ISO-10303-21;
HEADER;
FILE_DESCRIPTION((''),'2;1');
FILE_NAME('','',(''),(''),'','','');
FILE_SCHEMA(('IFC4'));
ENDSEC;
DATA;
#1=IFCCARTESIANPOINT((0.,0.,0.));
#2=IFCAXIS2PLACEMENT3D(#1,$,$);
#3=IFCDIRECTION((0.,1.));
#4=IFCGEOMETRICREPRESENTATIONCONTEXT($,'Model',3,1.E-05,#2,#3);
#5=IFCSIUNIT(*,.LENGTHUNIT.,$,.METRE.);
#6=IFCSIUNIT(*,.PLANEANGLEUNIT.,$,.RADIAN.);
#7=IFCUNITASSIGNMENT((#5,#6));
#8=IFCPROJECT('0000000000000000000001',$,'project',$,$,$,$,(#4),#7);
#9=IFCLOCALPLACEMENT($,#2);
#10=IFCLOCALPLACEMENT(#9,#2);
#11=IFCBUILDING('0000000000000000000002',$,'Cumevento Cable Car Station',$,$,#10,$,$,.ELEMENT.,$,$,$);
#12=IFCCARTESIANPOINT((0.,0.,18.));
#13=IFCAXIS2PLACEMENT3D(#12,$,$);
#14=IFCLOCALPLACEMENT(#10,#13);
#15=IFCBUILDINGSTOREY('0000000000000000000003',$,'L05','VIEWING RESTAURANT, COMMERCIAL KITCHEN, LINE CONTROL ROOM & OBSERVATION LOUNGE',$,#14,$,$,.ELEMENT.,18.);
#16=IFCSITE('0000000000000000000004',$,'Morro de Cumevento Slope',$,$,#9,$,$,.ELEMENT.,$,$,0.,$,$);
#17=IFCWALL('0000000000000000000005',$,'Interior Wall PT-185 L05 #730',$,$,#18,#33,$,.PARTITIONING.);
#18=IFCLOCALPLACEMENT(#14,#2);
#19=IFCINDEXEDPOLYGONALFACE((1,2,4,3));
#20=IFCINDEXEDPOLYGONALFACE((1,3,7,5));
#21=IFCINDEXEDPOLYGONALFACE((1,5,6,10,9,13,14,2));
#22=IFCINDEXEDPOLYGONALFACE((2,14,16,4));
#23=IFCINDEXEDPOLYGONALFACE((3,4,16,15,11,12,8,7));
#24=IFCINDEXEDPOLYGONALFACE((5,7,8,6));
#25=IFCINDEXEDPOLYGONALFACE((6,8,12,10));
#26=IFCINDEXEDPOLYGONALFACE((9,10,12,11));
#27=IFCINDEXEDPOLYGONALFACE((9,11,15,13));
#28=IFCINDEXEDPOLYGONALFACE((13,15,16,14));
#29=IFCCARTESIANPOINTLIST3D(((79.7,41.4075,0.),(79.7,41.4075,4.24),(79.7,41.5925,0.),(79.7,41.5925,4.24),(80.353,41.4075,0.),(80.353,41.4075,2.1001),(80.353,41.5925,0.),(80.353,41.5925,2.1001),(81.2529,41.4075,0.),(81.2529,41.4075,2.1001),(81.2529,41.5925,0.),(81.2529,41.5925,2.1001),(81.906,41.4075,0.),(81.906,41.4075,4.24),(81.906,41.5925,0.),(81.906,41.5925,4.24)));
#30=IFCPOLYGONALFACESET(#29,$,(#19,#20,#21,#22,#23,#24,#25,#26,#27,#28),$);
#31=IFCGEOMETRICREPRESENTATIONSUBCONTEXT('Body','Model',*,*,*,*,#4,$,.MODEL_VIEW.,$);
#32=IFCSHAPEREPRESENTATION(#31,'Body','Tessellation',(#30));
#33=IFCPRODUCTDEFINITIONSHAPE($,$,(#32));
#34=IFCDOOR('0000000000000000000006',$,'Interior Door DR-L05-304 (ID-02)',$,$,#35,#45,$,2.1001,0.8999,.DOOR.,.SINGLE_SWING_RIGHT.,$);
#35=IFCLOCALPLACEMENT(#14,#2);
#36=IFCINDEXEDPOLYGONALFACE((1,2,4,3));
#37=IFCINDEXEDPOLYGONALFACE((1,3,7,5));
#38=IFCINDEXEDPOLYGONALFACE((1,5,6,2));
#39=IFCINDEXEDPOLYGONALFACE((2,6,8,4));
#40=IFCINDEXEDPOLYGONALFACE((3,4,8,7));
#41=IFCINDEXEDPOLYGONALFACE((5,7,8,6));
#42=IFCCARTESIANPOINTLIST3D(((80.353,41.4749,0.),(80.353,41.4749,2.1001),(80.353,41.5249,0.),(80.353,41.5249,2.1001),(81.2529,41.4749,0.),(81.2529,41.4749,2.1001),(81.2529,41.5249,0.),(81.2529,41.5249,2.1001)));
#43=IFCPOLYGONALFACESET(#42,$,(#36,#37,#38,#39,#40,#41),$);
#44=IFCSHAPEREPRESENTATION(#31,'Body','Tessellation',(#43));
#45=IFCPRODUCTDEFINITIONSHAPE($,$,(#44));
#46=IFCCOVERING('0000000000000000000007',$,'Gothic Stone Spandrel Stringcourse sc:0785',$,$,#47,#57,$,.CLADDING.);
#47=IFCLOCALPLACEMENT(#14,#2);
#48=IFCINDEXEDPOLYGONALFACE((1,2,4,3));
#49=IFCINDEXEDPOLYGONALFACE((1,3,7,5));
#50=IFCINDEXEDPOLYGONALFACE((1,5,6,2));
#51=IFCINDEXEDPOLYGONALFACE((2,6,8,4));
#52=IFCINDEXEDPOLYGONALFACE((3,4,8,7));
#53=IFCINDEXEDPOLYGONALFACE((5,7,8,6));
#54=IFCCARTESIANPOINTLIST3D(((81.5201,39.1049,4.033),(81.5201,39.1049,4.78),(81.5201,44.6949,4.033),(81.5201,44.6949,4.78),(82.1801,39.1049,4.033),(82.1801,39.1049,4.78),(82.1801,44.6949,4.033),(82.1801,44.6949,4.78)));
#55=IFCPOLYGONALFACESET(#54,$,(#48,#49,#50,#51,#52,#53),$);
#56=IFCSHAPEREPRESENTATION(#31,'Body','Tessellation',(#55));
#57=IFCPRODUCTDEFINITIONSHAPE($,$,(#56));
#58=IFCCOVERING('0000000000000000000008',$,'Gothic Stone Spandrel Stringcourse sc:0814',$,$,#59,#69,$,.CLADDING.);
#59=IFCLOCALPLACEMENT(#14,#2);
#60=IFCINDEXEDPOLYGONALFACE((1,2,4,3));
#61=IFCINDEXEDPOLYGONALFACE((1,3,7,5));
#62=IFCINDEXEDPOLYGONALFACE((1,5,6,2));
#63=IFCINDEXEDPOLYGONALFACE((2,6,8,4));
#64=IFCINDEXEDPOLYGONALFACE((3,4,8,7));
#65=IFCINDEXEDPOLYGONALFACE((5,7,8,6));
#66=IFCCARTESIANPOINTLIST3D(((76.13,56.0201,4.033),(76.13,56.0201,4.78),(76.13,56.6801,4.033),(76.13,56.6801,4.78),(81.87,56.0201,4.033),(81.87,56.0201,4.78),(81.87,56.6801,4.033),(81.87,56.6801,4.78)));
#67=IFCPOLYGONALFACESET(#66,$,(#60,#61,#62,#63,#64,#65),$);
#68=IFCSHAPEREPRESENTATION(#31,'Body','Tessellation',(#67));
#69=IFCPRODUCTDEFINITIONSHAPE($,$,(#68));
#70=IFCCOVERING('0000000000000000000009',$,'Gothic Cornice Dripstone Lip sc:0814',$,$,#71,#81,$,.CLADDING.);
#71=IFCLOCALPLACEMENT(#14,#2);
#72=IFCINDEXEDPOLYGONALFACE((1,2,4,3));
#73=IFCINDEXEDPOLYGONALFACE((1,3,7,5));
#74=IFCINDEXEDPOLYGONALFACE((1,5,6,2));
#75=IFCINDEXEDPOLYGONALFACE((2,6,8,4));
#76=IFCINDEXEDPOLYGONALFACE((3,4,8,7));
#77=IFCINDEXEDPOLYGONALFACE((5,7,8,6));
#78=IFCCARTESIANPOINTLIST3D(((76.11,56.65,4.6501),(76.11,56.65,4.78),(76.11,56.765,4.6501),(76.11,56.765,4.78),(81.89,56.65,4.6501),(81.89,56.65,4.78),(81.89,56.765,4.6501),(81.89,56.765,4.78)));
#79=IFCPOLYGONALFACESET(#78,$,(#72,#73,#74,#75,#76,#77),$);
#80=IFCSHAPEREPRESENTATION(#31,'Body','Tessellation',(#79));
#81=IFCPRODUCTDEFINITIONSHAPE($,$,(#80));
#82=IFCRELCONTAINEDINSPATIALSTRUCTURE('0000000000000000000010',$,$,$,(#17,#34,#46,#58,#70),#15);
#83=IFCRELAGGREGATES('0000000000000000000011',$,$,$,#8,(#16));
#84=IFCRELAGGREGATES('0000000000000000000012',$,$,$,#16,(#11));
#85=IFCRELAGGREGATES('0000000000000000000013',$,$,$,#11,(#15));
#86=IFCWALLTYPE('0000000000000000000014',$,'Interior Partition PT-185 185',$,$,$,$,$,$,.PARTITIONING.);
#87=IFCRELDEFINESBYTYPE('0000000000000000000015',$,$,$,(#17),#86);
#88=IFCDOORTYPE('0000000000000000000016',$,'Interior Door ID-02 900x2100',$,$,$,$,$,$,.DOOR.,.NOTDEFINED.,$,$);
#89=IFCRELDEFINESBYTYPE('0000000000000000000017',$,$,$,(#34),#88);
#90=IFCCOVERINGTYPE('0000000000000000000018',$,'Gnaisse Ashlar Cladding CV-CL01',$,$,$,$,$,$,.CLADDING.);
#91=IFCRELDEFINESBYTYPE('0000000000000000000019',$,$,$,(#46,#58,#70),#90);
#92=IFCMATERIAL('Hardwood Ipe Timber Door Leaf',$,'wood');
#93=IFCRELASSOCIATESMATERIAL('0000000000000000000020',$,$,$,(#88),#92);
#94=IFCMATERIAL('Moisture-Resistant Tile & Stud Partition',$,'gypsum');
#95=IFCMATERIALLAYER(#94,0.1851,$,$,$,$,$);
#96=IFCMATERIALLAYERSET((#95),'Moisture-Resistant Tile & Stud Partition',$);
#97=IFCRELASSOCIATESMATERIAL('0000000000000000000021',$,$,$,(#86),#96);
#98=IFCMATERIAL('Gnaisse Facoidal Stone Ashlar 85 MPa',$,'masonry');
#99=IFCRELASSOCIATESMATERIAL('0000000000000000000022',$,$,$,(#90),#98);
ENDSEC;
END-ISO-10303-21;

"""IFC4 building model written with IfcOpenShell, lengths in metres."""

from ifc_helpers import new_model, si_unit, direction, frame, frame_2d, origin, origin_2d, place, context, subcontext, project, spatial, rectangle, extrude, material, layer, layer_set, type_object, element, fill, save


model = new_model("IFC4")

# Units and contexts
model_context = context("Model", 3, precision=1e-05, world=origin(), true_north=direction((0.0, 1.0)))
body_context = subcontext(model_context, "Body", "Model", "MODEL_VIEW")
ifc_project = project(units=[si_unit("LENGTHUNIT", "METRE"), si_unit("PLANEANGLEUNIT", "RADIAN")], contexts=[model_context])

# Site, building, storey
site_placement = place(None, origin())
site = spatial("IfcSite", under=ifc_project, at=site_placement, Name="Morro de Cumevento Slope", CompositionType="ELEMENT", RefElevation=0.0)
building_placement = place(site_placement, origin())
building = spatial("IfcBuilding", under=site, at=building_placement, Name="Cumevento Cable Car Station", CompositionType="ELEMENT")
storey_placement = place(building_placement, frame((0.0, 0.0, 18.0)))
storey = spatial("IfcBuildingStorey", under=building, at=storey_placement, Name="L05", Description="VIEWING RESTAURANT, COMMERCIAL KITCHEN, LINE CONTROL ROOM & OBSERVATION LOUNGE", CompositionType="ELEMENT", Elevation=18.0)

# Wall, opening, door
ifc_material_1 = material(Name="Hardwood Ipe Timber Door Leaf", Category="wood")
door_type = type_object("IfcDoorType", Name="Interior Door ID-02 900x2100", OperationType="NOTDEFINED", PredefinedType="DOOR", material=ifc_material_1)
ifc_material_2 = material(Name="Moisture-Resistant Tile & Stud Partition", Category="gypsum")
ifc_layer_1 = layer(ifc_material_2, 0.1851)
ifc_layer_set_1 = layer_set([ifc_layer_1], Name="Moisture-Resistant Tile & Stud Partition")
wall_type_1 = type_object("IfcWallType", Name="Interior Partition PT-185 185", PredefinedType="PARTITIONING", material=ifc_layer_set_1)
wall_1_placement = place(storey_placement, frame((79.7, 41.5, 0.0), z_axis=(0.0, 0.0, 1.0), x_axis=(1.0, 0.0, 0.0)))
wall_1 = element("IfcWall", 1, at=wall_1_placement, inside=storey, type_object=wall_type_1, Name="Interior Wall PT-185 L05 #730", PredefinedType="PARTITIONING", context=body_context, shape_type="SweptSolid", body=[
    extrude(rectangle(XDim=2.2061, YDim=0.1851, at=frame_2d((1.103, 0.0))), origin(), (0.0, 0.0, 1.0), 4.24),
])
opening_1_placement = place(wall_1_placement, frame((0.6531, 0.0, 0.0)))
opening_1 = element("IfcOpeningElement", 2, at=opening_1_placement, cuts=wall_1, PredefinedType="OPENING", context=body_context, shape_type="SweptSolid", body=[
    extrude(rectangle(XDim=0.8999, YDim=2.1001, at=frame_2d((0.45, 1.05))), frame((0.0, 0.1025, 0.0), z_axis=(0.0, -1.0, 0.0), x_axis=(1.0, 0.0, 0.0)), (0.0, 0.0, 1.0), 0.2051),
])
door_1_placement = place(opening_1_placement, origin())
door_1 = element("IfcDoor", 3, at=door_1_placement, inside=storey, type_object=door_type, Name="Interior Door DR-L05-304 (ID-02)", OperationType="SINGLE_SWING_RIGHT", OverallHeight=2.1001, OverallWidth=0.8999, PredefinedType="DOOR", context=body_context, shape_type="SweptSolid", body=[
    extrude(rectangle(XDim=0.8999, YDim=2.1001, at=frame_2d((0.45, 1.05))), frame((0.0, 0.0249, 0.0), z_axis=(0.0, -1.0, 0.0), x_axis=(1.0, 0.0, 0.0)), (0.0, 0.0, 1.0), 0.05),
])
fill(opening_1, door_1)

# Coverings
ifc_material_3 = material(Name="Gnaisse Facoidal Stone Ashlar 85 MPa", Category="masonry")
covering_type = type_object("IfcCoveringType", Name="Gnaisse Ashlar Cladding CV-CL01", PredefinedType="CLADDING", material=ifc_material_3)
covering_1_placement = place(storey_placement, frame((81.8501, 41.8999, 4.033), z_axis=(0.0, 0.0, 1.0), x_axis=(0.0, -1.0, 0.0)))
element("IfcCovering", 4, at=covering_1_placement, inside=storey, type_object=covering_type, Name="Gothic Stone Spandrel Stringcourse sc:0785", PredefinedType="CLADDING", context=body_context, shape_type="SweptSolid", body=[
    extrude(rectangle(XDim=5.5901, YDim=0.6599, at=origin_2d()), origin(), (0.0, 0.0, 1.0), 0.7471),
])
covering_2_placement = place(storey_placement, frame((79.0, 56.3501, 4.033), z_axis=(0.0, 0.0, 1.0), x_axis=(1.0, 0.0, 0.0)))
element("IfcCovering", 5, at=covering_2_placement, inside=storey, type_object=covering_type, Name="Gothic Stone Spandrel Stringcourse sc:0814", PredefinedType="CLADDING", context=body_context, shape_type="SweptSolid", body=[
    extrude(rectangle(XDim=5.74, YDim=0.6599, at=origin_2d()), origin(), (0.0, 0.0, 1.0), 0.7471),
])
covering_3_placement = place(storey_placement, frame((79.0, 56.7075, 4.6501), z_axis=(0.0, 0.0, 1.0), x_axis=(1.0, 0.0, 0.0)))
element("IfcCovering", 6, at=covering_3_placement, inside=storey, type_object=covering_type, Name="Gothic Cornice Dripstone Lip sc:0814", PredefinedType="CLADDING", context=body_context, shape_type="SweptSolid", body=[
    extrude(rectangle(XDim=5.78, YDim=0.115, at=origin_2d()), origin(), (0.0, 0.0, 1.0), 0.1299),
])

save(model, "model.ifc")
